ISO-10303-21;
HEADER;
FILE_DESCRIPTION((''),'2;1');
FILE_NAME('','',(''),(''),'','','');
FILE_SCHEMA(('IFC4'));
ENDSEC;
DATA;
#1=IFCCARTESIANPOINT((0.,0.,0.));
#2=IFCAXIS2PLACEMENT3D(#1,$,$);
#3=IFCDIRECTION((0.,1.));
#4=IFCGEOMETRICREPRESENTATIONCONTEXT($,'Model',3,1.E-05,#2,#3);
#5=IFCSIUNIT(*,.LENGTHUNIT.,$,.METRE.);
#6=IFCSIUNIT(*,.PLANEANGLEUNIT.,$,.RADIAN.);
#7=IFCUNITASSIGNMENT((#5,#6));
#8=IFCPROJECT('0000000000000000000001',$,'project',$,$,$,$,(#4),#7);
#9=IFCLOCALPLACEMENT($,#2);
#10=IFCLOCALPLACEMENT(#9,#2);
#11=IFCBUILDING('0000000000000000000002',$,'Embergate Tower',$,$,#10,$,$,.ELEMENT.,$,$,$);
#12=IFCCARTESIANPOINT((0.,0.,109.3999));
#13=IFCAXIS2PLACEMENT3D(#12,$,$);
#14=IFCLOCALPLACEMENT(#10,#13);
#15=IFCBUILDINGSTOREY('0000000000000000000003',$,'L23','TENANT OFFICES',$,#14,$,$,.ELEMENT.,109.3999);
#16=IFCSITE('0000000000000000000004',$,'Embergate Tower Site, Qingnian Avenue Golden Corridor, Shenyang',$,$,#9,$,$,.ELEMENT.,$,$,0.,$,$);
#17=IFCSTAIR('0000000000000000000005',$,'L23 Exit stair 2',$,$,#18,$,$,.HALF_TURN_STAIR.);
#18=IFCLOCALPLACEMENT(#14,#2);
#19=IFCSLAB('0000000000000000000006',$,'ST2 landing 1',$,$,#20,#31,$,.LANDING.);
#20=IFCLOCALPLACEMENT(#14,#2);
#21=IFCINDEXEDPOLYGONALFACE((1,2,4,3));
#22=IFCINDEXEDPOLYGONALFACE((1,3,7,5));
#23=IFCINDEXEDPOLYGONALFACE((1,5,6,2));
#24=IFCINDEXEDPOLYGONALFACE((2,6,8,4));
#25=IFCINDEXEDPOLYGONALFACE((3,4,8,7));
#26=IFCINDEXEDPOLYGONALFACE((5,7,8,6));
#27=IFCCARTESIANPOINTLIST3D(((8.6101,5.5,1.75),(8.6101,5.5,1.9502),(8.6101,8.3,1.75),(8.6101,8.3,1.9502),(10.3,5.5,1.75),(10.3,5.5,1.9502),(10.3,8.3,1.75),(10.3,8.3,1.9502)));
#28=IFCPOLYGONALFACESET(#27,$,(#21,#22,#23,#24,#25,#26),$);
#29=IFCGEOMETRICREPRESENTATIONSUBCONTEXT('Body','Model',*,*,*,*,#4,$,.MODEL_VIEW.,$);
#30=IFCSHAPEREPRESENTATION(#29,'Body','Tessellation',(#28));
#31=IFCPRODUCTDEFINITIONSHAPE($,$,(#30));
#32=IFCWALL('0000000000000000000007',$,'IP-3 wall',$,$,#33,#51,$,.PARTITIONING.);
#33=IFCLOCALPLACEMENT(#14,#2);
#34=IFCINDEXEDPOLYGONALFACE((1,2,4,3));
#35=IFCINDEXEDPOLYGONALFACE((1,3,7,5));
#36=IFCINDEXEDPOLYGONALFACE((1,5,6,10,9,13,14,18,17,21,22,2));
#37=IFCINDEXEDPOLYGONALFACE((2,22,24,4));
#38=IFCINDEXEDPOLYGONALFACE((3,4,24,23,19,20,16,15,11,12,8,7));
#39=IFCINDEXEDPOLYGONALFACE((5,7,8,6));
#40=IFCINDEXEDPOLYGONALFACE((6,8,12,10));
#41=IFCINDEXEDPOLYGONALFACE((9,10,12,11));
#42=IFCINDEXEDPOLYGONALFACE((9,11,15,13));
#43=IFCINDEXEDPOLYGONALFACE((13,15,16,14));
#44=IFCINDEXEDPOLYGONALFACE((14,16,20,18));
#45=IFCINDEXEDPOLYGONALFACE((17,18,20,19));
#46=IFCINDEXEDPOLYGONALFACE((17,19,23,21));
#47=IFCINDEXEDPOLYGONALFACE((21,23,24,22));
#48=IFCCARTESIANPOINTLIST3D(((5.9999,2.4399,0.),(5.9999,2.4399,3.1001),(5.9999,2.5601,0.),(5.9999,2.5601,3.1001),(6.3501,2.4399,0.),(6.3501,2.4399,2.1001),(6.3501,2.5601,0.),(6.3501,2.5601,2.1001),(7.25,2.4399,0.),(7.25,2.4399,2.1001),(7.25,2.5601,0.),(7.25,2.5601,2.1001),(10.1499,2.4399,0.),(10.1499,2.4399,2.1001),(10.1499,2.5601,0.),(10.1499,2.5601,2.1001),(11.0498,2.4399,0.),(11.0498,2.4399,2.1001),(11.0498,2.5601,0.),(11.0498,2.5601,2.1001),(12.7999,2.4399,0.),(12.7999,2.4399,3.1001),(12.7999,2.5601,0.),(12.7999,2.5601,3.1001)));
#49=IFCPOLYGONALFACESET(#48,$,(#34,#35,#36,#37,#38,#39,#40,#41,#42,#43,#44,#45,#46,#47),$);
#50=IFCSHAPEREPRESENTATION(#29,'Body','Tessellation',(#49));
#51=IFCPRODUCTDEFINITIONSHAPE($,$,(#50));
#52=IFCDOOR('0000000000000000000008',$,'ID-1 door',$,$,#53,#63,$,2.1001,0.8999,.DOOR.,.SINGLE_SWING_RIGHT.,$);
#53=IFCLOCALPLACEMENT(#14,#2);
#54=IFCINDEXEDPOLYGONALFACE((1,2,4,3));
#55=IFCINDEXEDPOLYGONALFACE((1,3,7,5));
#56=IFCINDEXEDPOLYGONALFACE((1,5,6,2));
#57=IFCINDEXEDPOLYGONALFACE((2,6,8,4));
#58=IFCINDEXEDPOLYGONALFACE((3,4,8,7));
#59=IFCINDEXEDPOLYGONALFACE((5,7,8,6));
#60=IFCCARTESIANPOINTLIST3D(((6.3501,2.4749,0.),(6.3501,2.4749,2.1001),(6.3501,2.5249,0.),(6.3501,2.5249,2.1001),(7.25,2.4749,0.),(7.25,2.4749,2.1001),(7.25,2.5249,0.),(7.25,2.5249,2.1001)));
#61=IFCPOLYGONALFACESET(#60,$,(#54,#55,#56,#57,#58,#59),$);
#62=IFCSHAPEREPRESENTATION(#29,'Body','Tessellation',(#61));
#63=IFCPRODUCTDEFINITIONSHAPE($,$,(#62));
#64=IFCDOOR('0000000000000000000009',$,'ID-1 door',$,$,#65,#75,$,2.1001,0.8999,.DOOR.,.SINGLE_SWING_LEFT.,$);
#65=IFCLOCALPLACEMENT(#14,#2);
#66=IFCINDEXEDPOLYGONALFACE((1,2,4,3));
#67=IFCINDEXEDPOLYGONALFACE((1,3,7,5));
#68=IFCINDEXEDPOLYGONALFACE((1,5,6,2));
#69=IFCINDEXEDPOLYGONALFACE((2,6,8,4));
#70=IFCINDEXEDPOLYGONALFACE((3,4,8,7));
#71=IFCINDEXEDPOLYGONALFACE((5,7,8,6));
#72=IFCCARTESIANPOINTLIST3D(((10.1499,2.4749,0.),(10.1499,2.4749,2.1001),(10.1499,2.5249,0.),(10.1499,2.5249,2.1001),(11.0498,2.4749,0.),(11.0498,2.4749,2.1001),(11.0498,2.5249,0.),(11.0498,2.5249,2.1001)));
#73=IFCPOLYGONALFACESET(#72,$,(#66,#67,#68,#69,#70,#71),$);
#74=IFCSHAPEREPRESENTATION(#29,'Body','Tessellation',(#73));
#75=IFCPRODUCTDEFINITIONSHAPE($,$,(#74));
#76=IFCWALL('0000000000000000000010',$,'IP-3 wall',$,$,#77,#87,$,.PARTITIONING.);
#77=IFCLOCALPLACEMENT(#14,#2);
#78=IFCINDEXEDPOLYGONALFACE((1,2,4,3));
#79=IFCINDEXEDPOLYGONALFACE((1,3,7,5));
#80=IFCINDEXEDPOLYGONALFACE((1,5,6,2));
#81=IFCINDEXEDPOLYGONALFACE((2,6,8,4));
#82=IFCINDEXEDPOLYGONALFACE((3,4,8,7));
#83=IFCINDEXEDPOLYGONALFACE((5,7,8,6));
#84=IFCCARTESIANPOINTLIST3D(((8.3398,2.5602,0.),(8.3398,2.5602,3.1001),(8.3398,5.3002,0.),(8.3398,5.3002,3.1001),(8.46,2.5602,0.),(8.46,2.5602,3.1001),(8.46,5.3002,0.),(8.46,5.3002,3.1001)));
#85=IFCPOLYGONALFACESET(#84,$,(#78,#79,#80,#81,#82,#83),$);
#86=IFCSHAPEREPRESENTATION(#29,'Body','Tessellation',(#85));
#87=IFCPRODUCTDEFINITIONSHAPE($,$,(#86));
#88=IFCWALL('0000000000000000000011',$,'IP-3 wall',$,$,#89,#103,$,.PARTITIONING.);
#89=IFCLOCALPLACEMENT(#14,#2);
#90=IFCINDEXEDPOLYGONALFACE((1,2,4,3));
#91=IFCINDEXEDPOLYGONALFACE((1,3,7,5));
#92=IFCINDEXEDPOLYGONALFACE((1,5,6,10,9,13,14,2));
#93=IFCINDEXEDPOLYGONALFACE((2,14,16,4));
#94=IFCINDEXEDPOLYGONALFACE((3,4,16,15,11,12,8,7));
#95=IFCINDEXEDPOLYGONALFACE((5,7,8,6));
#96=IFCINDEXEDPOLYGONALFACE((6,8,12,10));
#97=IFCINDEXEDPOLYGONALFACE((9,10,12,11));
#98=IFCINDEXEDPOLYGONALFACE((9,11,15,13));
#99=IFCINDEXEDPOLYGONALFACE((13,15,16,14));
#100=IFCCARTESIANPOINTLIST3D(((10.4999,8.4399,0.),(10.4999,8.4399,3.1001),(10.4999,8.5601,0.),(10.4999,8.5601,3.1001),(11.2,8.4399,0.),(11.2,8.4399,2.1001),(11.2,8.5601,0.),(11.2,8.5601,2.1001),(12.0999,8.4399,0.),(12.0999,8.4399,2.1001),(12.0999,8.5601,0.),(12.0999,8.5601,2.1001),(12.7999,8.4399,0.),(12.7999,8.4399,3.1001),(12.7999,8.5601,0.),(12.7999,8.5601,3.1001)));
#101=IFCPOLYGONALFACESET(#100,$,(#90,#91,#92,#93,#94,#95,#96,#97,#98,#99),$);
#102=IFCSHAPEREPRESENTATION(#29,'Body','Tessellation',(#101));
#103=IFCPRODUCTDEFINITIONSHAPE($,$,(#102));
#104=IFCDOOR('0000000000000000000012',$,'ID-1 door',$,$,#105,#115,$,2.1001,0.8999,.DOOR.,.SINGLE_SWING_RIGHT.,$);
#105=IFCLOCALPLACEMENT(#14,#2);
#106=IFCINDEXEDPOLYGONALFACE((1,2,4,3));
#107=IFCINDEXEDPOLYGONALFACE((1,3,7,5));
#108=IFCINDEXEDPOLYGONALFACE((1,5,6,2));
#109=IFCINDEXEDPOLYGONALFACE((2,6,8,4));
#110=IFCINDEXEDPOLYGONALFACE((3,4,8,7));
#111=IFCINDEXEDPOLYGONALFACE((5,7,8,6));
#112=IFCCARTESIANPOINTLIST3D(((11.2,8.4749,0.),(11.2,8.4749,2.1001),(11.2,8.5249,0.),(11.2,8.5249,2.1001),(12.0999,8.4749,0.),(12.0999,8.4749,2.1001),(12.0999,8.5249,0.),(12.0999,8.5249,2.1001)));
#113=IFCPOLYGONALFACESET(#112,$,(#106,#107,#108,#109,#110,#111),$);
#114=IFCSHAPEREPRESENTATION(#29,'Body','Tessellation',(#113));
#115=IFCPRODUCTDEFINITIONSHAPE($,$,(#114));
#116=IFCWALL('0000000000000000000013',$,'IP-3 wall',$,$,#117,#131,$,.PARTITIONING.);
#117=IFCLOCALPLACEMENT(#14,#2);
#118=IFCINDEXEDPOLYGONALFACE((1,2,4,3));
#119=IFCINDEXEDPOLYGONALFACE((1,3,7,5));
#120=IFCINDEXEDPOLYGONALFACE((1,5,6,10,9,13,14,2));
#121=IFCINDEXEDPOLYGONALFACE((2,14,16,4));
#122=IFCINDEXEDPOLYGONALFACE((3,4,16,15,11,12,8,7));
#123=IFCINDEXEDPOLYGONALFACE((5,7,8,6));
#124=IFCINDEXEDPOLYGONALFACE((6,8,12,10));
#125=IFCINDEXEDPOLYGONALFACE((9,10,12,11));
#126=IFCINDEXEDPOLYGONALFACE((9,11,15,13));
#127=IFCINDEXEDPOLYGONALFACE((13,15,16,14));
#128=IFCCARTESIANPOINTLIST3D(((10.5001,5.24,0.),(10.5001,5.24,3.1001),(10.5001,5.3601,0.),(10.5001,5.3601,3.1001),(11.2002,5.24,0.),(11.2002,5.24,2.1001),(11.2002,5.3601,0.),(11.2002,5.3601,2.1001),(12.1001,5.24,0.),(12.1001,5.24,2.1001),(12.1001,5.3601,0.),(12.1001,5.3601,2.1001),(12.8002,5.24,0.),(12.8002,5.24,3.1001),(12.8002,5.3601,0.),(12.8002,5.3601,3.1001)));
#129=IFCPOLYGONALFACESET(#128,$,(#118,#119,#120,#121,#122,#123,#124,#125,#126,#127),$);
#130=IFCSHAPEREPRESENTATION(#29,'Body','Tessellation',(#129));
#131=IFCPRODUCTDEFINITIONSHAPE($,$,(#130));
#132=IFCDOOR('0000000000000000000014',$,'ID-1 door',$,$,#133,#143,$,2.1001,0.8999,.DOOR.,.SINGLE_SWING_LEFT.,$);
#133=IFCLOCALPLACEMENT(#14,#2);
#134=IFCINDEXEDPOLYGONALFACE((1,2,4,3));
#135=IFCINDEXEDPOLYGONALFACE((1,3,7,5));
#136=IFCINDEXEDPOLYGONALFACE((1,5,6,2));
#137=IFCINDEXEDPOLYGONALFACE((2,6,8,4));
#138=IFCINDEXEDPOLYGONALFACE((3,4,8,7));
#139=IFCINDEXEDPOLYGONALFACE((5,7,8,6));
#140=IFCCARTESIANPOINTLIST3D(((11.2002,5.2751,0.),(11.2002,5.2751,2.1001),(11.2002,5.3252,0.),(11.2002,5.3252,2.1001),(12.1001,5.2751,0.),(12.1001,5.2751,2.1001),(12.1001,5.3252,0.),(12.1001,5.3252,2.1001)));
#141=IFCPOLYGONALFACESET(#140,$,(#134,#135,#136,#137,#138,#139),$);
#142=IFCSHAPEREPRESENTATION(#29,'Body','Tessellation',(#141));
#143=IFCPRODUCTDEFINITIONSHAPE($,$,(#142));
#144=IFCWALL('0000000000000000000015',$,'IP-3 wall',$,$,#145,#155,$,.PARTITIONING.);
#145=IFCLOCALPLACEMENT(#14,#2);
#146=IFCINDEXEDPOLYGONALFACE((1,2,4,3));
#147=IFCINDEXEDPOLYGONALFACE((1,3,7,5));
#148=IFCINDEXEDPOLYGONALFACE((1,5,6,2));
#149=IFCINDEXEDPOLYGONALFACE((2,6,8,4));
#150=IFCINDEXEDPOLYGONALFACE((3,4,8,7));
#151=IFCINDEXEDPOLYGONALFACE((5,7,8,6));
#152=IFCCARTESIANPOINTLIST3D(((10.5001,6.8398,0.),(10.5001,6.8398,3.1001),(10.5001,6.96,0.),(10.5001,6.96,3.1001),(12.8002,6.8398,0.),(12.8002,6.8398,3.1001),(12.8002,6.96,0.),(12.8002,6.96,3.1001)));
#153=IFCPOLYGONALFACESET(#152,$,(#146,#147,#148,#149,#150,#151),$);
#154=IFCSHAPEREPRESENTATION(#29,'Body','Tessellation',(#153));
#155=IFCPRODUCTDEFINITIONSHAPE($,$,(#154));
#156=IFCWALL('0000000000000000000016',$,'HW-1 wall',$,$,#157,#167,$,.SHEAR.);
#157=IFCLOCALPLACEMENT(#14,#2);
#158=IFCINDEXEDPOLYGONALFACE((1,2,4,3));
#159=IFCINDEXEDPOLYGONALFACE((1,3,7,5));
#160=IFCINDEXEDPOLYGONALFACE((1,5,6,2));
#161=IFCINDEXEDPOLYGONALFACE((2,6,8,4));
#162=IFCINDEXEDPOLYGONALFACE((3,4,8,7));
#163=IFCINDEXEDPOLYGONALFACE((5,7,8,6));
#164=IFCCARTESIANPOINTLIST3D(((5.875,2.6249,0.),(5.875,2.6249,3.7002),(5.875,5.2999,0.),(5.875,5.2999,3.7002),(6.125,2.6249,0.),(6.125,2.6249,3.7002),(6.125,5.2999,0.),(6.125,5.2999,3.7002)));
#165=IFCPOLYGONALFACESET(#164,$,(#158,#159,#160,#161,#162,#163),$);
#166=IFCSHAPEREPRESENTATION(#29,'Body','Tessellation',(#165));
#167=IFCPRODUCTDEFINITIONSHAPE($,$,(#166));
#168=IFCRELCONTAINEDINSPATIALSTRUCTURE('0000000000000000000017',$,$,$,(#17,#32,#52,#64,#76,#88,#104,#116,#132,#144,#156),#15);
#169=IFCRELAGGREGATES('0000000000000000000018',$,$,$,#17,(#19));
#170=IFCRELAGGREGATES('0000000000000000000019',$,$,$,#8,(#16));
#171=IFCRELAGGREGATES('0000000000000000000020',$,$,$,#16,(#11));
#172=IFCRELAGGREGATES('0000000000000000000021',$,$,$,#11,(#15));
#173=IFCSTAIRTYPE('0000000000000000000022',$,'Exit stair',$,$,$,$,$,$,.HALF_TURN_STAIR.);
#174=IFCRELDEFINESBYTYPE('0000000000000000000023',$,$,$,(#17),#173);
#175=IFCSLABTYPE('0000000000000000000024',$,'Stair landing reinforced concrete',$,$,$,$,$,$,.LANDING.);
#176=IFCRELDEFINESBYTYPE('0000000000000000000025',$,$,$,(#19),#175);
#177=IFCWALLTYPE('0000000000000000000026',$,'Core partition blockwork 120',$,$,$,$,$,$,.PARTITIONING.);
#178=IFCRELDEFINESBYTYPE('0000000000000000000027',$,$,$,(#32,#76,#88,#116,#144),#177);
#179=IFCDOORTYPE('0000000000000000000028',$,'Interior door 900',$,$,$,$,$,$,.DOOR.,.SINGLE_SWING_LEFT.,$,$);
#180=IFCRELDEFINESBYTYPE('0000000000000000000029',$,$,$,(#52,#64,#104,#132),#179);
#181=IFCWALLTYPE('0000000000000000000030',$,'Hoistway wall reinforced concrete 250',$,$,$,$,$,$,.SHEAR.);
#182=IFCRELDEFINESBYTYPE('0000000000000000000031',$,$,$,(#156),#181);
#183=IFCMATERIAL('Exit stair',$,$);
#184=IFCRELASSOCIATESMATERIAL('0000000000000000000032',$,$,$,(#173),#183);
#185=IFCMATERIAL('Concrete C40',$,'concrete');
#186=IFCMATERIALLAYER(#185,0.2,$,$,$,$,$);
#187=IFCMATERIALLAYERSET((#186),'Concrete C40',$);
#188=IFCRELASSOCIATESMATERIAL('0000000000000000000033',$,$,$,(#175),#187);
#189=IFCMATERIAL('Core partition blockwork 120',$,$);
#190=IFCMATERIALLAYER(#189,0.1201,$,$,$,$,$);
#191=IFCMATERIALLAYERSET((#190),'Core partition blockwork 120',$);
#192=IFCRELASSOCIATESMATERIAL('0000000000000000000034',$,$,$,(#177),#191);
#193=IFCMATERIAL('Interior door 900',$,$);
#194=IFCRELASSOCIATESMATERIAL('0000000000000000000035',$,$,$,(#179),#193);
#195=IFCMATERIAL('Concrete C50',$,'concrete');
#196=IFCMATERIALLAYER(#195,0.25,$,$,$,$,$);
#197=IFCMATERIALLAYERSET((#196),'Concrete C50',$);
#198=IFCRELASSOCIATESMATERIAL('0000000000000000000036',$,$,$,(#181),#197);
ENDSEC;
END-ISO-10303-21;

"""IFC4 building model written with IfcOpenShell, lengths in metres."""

from ifc_helpers import new_model, si_unit, direction, frame, frame_2d, origin, place, context, subcontext, project, spatial, polyline, rectangle, outline, extrude, source, transform, mapped, material, layer, layer_set, type_object, element, fill, aggregate, save


model = new_model("IFC4")

# Units and contexts
model_context = context("Model", 3, precision=1e-05, world=origin(), true_north=direction((0.0, 1.0)))
body_context = subcontext(model_context, "Body", "Model", "MODEL_VIEW")
ifc_project = project(units=[si_unit("LENGTHUNIT", "METRE"), si_unit("PLANEANGLEUNIT", "RADIAN")], contexts=[model_context])

# Site, building, storey
site_placement = place(None, origin())
site = spatial("IfcSite", under=ifc_project, at=site_placement, Name="Embergate Tower Site, Qingnian Avenue Golden Corridor, Shenyang", CompositionType="ELEMENT", RefElevation=0.0)
building_placement = place(site_placement, origin())
building = spatial("IfcBuilding", under=site, at=building_placement, Name="Embergate Tower", CompositionType="ELEMENT")
storey_placement = place(building_placement, frame((0.0, 0.0, 109.3999)))
storey = spatial("IfcBuildingStorey", under=building, at=storey_placement, Name="L23", Description="TENANT OFFICES", CompositionType="ELEMENT", Elevation=109.3999)

# Stair, slab
ifc_material_1 = material(Name="Exit stair")
stair_type = type_object("IfcStairType", Name="Exit stair", PredefinedType="HALF_TURN_STAIR", material=ifc_material_1)
stair_placement = place(storey_placement, origin())
stair = element("IfcStair", 1, at=stair_placement, inside=storey, type_object=stair_type, Name="L23 Exit stair 2", PredefinedType="HALF_TURN_STAIR")
ifc_material_2 = material(Name="Concrete C40", Category="concrete")
ifc_layer_1 = layer(ifc_material_2, 0.2)
ifc_layer_set_1 = layer_set([ifc_layer_1], Name="Concrete C40")
slab_type = type_object("IfcSlabType", Name="Stair landing reinforced concrete", PredefinedType="LANDING", material=ifc_layer_set_1)
shared_shape_1 = source(origin(), body_context, "Body", "SweptSolid", [
    extrude(outline(polyline([(0.0, 0.0), (1.6899, 0.0), (1.6899, 2.8), (0.0, 2.8), (0.0, 0.0)])), origin(), (0.0, 0.0, 1.0), 0.2002),
])
slab_placement = place(storey_placement, frame((8.6101, 5.5, 1.75)))
slab = element("IfcSlab", 2, at=slab_placement, type_object=slab_type, Name="ST2 landing 1", PredefinedType="LANDING", context=body_context, shape_type="MappedRepresentation", body=[
    mapped(shared_shape_1, transform((0.0, 0.0, 0.0))),
])

# Wall, openings, doors
ifc_material_3 = material(Name="Core partition blockwork 120")
ifc_layer_2 = layer(ifc_material_3, 0.1201)
ifc_layer_set_2 = layer_set([ifc_layer_2], Name="Core partition blockwork 120")
wall_type_1 = type_object("IfcWallType", Name="Core partition blockwork 120", PredefinedType="PARTITIONING", material=ifc_layer_set_2)
shared_shape_2 = source(origin(), body_context, "Body", "SweptSolid", [
    extrude(rectangle(XDim=6.8, YDim=0.1201, at=frame_2d((3.3999, 0.0))), origin(), (0.0, 0.0, 1.0), 3.1001),
])
wall_1_placement = place(storey_placement, frame((6.0, 2.5, 0.0), z_axis=(0.0, 0.0, 1.0), x_axis=(1.0, 0.0, 0.0)))
wall_1 = element("IfcWall", 3, at=wall_1_placement, inside=storey, type_object=wall_type_1, Name="IP-3 wall", PredefinedType="PARTITIONING", context=body_context, shape_type="MappedRepresentation", body=[
    mapped(shared_shape_2, transform((0.0, 0.0, 0.0))),
])
shared_shape_3 = source(origin(), body_context, "Body", "SweptSolid", [
    extrude(rectangle(XDim=0.8999, YDim=2.1001, at=frame_2d((0.45, 1.05))), frame((0.0, 0.0701, 0.0), z_axis=(0.0, -1.0, 0.0), x_axis=(1.0, 0.0, 0.0)), (0.0, 0.0, 1.0), 0.1401),
])
opening_1_placement = place(wall_1_placement, frame((0.3501, 0.0, 0.0)))
opening_1 = element("IfcOpeningElement", 4, at=opening_1_placement, cuts=wall_1, PredefinedType="OPENING", context=body_context, shape_type="MappedRepresentation", body=[
    mapped(shared_shape_3, transform((0.0, 0.0, 0.0))),
])
opening_2_placement = place(wall_1_placement, frame((4.1499, 0.0, 0.0)))
opening_2 = element("IfcOpeningElement", 5, at=opening_2_placement, cuts=wall_1, PredefinedType="OPENING", context=body_context, shape_type="MappedRepresentation", body=[
    mapped(shared_shape_3, transform((0.0, 0.0, 0.0))),
])
ifc_material_4 = material(Name="Interior door 900")
door_type_1 = type_object("IfcDoorType", Name="Interior door 900", OperationType="SINGLE_SWING_LEFT", PredefinedType="DOOR", material=ifc_material_4)
shared_shape_4 = source(origin(), body_context, "Body", "SweptSolid", [
    extrude(rectangle(XDim=0.8999, YDim=2.1001, at=frame_2d((0.45, 1.05))), frame((0.0, 0.0249, 0.0), z_axis=(0.0, -1.0, 0.0), x_axis=(1.0, 0.0, 0.0)), (0.0, 0.0, 1.0), 0.05),
])
door_1_placement = place(opening_1_placement, origin())
door_1 = element("IfcDoor", 6, at=door_1_placement, inside=storey, type_object=door_type_1, Name="ID-1 door", OperationType="SINGLE_SWING_RIGHT", OverallHeight=2.1001, OverallWidth=0.8999, PredefinedType="DOOR", context=body_context, shape_type="MappedRepresentation", body=[
    mapped(shared_shape_4, transform((0.0, 0.0, 0.0))),
])
fill(opening_1, door_1)
door_2_placement = place(opening_2_placement, origin())
door_2 = element("IfcDoor", 7, at=door_2_placement, inside=storey, type_object=door_type_1, Name="ID-1 door", OperationType="SINGLE_SWING_LEFT", OverallHeight=2.1001, OverallWidth=0.8999, PredefinedType="DOOR", context=body_context, shape_type="MappedRepresentation", body=[
    mapped(shared_shape_4, transform((0.0, 0.0, 0.0))),
])
fill(opening_2, door_2)

# Wall
shared_shape_5 = source(origin(), body_context, "Body", "SweptSolid", [
    extrude(rectangle(XDim=2.74, YDim=0.1201, at=frame_2d((1.3701, 0.0))), origin(), (0.0, 0.0, 1.0), 3.1001),
])
wall_2_placement = place(storey_placement, frame((8.3999, 2.5601, 0.0), z_axis=(0.0, 0.0, 1.0), x_axis=(0.0, 1.0, 0.0)))
element("IfcWall", 8, at=wall_2_placement, inside=storey, type_object=wall_type_1, Name="IP-3 wall", PredefinedType="PARTITIONING", context=body_context, shape_type="MappedRepresentation", body=[
    mapped(shared_shape_5, transform((0.0, 0.0, 0.0))),
])

# Walls, openings, doors
shared_shape_6 = source(origin(), body_context, "Body", "SweptSolid", [
    extrude(rectangle(XDim=2.3, YDim=0.1201, at=frame_2d((1.1499, 0.0))), origin(), (0.0, 0.0, 1.0), 3.1001),
])
wall_3_placement = place(storey_placement, frame((10.5, 8.5, 0.0), z_axis=(0.0, 0.0, 1.0), x_axis=(1.0, 0.0, 0.0)))
wall_3 = element("IfcWall", 9, at=wall_3_placement, inside=storey, type_object=wall_type_1, Name="IP-3 wall", PredefinedType="PARTITIONING", context=body_context, shape_type="MappedRepresentation", body=[
    mapped(shared_shape_6, transform((0.0, 0.0, 0.0))),
])
opening_3_placement = place(wall_3_placement, frame((0.7, 0.0, 0.0)))
opening_3 = element("IfcOpeningElement", 10, at=opening_3_placement, cuts=wall_3, PredefinedType="OPENING", context=body_context, shape_type="MappedRepresentation", body=[
    mapped(shared_shape_3, transform((0.0, 0.0, 0.0))),
])
door_3_placement = place(opening_3_placement, origin())
door_3 = element("IfcDoor", 11, at=door_3_placement, inside=storey, type_object=door_type_1, Name="ID-1 door", OperationType="SINGLE_SWING_RIGHT", OverallHeight=2.1001, OverallWidth=0.8999, PredefinedType="DOOR", context=body_context, shape_type="MappedRepresentation", body=[
    mapped(shared_shape_4, transform((0.0, 0.0, 0.0))),
])
fill(opening_3, door_3)
wall_4_placement = place(storey_placement, frame((12.8, 5.3, 0.0), z_axis=(0.0, 0.0, 1.0), x_axis=(-1.0, 0.0, 0.0)))
wall_4 = element("IfcWall", 12, at=wall_4_placement, inside=storey, type_object=wall_type_1, Name="IP-3 wall", PredefinedType="PARTITIONING", context=body_context, shape_type="MappedRepresentation", body=[
    mapped(shared_shape_6, transform((0.0, 0.0, 0.0))),
])
opening_4_placement = place(wall_4_placement, frame((0.7, 0.0, 0.0)))
opening_4 = element("IfcOpeningElement", 13, at=opening_4_placement, cuts=wall_4, PredefinedType="OPENING", context=body_context, shape_type="MappedRepresentation", body=[
    mapped(shared_shape_3, transform((0.0, 0.0, 0.0))),
])
door_4_placement = place(opening_4_placement, origin())
door_4 = element("IfcDoor", 14, at=door_4_placement, inside=storey, type_object=door_type_1, Name="ID-1 door", OperationType="SINGLE_SWING_LEFT", OverallHeight=2.1001, OverallWidth=0.8999, PredefinedType="DOOR", context=body_context, shape_type="MappedRepresentation", body=[
    mapped(shared_shape_4, transform((0.0, 0.0, 0.0))),
])
fill(opening_4, door_4)

# Walls
wall_5_placement = place(storey_placement, frame((12.8, 6.8999, 0.0), z_axis=(0.0, 0.0, 1.0), x_axis=(-1.0, 0.0, 0.0)))
element("IfcWall", 15, at=wall_5_placement, inside=storey, type_object=wall_type_1, Name="IP-3 wall", PredefinedType="PARTITIONING", context=body_context, shape_type="MappedRepresentation", body=[
    mapped(shared_shape_6, transform((0.0, 0.0, 0.0))),
])
ifc_material_5 = material(Name="Concrete C50", Category="concrete")
ifc_layer_3 = layer(ifc_material_5, 0.25)
ifc_layer_set_3 = layer_set([ifc_layer_3], Name="Concrete C50")
wall_type_2 = type_object("IfcWallType", Name="Hoistway wall reinforced concrete 250", PredefinedType="SHEAR", material=ifc_layer_set_3)
shared_shape_7 = source(origin(), body_context, "Body", "SweptSolid", [
    extrude(rectangle(XDim=2.675, YDim=0.25, at=frame_2d((1.3374, 0.0))), origin(), (0.0, 0.0, 1.0), 3.7002),
])
wall_6_placement = place(storey_placement, frame((6.0, 2.625, 0.0), z_axis=(0.0, 0.0, 1.0), x_axis=(0.0, 1.0, 0.0)))
element("IfcWall", 16, at=wall_6_placement, inside=storey, type_object=wall_type_2, Name="HW-1 wall", PredefinedType="SHEAR", context=body_context, shape_type="MappedRepresentation", body=[
    mapped(shared_shape_7, transform((0.0, 0.0, 0.0))),
])

aggregate(stair, [slab])

save(model, "model.ifc")
